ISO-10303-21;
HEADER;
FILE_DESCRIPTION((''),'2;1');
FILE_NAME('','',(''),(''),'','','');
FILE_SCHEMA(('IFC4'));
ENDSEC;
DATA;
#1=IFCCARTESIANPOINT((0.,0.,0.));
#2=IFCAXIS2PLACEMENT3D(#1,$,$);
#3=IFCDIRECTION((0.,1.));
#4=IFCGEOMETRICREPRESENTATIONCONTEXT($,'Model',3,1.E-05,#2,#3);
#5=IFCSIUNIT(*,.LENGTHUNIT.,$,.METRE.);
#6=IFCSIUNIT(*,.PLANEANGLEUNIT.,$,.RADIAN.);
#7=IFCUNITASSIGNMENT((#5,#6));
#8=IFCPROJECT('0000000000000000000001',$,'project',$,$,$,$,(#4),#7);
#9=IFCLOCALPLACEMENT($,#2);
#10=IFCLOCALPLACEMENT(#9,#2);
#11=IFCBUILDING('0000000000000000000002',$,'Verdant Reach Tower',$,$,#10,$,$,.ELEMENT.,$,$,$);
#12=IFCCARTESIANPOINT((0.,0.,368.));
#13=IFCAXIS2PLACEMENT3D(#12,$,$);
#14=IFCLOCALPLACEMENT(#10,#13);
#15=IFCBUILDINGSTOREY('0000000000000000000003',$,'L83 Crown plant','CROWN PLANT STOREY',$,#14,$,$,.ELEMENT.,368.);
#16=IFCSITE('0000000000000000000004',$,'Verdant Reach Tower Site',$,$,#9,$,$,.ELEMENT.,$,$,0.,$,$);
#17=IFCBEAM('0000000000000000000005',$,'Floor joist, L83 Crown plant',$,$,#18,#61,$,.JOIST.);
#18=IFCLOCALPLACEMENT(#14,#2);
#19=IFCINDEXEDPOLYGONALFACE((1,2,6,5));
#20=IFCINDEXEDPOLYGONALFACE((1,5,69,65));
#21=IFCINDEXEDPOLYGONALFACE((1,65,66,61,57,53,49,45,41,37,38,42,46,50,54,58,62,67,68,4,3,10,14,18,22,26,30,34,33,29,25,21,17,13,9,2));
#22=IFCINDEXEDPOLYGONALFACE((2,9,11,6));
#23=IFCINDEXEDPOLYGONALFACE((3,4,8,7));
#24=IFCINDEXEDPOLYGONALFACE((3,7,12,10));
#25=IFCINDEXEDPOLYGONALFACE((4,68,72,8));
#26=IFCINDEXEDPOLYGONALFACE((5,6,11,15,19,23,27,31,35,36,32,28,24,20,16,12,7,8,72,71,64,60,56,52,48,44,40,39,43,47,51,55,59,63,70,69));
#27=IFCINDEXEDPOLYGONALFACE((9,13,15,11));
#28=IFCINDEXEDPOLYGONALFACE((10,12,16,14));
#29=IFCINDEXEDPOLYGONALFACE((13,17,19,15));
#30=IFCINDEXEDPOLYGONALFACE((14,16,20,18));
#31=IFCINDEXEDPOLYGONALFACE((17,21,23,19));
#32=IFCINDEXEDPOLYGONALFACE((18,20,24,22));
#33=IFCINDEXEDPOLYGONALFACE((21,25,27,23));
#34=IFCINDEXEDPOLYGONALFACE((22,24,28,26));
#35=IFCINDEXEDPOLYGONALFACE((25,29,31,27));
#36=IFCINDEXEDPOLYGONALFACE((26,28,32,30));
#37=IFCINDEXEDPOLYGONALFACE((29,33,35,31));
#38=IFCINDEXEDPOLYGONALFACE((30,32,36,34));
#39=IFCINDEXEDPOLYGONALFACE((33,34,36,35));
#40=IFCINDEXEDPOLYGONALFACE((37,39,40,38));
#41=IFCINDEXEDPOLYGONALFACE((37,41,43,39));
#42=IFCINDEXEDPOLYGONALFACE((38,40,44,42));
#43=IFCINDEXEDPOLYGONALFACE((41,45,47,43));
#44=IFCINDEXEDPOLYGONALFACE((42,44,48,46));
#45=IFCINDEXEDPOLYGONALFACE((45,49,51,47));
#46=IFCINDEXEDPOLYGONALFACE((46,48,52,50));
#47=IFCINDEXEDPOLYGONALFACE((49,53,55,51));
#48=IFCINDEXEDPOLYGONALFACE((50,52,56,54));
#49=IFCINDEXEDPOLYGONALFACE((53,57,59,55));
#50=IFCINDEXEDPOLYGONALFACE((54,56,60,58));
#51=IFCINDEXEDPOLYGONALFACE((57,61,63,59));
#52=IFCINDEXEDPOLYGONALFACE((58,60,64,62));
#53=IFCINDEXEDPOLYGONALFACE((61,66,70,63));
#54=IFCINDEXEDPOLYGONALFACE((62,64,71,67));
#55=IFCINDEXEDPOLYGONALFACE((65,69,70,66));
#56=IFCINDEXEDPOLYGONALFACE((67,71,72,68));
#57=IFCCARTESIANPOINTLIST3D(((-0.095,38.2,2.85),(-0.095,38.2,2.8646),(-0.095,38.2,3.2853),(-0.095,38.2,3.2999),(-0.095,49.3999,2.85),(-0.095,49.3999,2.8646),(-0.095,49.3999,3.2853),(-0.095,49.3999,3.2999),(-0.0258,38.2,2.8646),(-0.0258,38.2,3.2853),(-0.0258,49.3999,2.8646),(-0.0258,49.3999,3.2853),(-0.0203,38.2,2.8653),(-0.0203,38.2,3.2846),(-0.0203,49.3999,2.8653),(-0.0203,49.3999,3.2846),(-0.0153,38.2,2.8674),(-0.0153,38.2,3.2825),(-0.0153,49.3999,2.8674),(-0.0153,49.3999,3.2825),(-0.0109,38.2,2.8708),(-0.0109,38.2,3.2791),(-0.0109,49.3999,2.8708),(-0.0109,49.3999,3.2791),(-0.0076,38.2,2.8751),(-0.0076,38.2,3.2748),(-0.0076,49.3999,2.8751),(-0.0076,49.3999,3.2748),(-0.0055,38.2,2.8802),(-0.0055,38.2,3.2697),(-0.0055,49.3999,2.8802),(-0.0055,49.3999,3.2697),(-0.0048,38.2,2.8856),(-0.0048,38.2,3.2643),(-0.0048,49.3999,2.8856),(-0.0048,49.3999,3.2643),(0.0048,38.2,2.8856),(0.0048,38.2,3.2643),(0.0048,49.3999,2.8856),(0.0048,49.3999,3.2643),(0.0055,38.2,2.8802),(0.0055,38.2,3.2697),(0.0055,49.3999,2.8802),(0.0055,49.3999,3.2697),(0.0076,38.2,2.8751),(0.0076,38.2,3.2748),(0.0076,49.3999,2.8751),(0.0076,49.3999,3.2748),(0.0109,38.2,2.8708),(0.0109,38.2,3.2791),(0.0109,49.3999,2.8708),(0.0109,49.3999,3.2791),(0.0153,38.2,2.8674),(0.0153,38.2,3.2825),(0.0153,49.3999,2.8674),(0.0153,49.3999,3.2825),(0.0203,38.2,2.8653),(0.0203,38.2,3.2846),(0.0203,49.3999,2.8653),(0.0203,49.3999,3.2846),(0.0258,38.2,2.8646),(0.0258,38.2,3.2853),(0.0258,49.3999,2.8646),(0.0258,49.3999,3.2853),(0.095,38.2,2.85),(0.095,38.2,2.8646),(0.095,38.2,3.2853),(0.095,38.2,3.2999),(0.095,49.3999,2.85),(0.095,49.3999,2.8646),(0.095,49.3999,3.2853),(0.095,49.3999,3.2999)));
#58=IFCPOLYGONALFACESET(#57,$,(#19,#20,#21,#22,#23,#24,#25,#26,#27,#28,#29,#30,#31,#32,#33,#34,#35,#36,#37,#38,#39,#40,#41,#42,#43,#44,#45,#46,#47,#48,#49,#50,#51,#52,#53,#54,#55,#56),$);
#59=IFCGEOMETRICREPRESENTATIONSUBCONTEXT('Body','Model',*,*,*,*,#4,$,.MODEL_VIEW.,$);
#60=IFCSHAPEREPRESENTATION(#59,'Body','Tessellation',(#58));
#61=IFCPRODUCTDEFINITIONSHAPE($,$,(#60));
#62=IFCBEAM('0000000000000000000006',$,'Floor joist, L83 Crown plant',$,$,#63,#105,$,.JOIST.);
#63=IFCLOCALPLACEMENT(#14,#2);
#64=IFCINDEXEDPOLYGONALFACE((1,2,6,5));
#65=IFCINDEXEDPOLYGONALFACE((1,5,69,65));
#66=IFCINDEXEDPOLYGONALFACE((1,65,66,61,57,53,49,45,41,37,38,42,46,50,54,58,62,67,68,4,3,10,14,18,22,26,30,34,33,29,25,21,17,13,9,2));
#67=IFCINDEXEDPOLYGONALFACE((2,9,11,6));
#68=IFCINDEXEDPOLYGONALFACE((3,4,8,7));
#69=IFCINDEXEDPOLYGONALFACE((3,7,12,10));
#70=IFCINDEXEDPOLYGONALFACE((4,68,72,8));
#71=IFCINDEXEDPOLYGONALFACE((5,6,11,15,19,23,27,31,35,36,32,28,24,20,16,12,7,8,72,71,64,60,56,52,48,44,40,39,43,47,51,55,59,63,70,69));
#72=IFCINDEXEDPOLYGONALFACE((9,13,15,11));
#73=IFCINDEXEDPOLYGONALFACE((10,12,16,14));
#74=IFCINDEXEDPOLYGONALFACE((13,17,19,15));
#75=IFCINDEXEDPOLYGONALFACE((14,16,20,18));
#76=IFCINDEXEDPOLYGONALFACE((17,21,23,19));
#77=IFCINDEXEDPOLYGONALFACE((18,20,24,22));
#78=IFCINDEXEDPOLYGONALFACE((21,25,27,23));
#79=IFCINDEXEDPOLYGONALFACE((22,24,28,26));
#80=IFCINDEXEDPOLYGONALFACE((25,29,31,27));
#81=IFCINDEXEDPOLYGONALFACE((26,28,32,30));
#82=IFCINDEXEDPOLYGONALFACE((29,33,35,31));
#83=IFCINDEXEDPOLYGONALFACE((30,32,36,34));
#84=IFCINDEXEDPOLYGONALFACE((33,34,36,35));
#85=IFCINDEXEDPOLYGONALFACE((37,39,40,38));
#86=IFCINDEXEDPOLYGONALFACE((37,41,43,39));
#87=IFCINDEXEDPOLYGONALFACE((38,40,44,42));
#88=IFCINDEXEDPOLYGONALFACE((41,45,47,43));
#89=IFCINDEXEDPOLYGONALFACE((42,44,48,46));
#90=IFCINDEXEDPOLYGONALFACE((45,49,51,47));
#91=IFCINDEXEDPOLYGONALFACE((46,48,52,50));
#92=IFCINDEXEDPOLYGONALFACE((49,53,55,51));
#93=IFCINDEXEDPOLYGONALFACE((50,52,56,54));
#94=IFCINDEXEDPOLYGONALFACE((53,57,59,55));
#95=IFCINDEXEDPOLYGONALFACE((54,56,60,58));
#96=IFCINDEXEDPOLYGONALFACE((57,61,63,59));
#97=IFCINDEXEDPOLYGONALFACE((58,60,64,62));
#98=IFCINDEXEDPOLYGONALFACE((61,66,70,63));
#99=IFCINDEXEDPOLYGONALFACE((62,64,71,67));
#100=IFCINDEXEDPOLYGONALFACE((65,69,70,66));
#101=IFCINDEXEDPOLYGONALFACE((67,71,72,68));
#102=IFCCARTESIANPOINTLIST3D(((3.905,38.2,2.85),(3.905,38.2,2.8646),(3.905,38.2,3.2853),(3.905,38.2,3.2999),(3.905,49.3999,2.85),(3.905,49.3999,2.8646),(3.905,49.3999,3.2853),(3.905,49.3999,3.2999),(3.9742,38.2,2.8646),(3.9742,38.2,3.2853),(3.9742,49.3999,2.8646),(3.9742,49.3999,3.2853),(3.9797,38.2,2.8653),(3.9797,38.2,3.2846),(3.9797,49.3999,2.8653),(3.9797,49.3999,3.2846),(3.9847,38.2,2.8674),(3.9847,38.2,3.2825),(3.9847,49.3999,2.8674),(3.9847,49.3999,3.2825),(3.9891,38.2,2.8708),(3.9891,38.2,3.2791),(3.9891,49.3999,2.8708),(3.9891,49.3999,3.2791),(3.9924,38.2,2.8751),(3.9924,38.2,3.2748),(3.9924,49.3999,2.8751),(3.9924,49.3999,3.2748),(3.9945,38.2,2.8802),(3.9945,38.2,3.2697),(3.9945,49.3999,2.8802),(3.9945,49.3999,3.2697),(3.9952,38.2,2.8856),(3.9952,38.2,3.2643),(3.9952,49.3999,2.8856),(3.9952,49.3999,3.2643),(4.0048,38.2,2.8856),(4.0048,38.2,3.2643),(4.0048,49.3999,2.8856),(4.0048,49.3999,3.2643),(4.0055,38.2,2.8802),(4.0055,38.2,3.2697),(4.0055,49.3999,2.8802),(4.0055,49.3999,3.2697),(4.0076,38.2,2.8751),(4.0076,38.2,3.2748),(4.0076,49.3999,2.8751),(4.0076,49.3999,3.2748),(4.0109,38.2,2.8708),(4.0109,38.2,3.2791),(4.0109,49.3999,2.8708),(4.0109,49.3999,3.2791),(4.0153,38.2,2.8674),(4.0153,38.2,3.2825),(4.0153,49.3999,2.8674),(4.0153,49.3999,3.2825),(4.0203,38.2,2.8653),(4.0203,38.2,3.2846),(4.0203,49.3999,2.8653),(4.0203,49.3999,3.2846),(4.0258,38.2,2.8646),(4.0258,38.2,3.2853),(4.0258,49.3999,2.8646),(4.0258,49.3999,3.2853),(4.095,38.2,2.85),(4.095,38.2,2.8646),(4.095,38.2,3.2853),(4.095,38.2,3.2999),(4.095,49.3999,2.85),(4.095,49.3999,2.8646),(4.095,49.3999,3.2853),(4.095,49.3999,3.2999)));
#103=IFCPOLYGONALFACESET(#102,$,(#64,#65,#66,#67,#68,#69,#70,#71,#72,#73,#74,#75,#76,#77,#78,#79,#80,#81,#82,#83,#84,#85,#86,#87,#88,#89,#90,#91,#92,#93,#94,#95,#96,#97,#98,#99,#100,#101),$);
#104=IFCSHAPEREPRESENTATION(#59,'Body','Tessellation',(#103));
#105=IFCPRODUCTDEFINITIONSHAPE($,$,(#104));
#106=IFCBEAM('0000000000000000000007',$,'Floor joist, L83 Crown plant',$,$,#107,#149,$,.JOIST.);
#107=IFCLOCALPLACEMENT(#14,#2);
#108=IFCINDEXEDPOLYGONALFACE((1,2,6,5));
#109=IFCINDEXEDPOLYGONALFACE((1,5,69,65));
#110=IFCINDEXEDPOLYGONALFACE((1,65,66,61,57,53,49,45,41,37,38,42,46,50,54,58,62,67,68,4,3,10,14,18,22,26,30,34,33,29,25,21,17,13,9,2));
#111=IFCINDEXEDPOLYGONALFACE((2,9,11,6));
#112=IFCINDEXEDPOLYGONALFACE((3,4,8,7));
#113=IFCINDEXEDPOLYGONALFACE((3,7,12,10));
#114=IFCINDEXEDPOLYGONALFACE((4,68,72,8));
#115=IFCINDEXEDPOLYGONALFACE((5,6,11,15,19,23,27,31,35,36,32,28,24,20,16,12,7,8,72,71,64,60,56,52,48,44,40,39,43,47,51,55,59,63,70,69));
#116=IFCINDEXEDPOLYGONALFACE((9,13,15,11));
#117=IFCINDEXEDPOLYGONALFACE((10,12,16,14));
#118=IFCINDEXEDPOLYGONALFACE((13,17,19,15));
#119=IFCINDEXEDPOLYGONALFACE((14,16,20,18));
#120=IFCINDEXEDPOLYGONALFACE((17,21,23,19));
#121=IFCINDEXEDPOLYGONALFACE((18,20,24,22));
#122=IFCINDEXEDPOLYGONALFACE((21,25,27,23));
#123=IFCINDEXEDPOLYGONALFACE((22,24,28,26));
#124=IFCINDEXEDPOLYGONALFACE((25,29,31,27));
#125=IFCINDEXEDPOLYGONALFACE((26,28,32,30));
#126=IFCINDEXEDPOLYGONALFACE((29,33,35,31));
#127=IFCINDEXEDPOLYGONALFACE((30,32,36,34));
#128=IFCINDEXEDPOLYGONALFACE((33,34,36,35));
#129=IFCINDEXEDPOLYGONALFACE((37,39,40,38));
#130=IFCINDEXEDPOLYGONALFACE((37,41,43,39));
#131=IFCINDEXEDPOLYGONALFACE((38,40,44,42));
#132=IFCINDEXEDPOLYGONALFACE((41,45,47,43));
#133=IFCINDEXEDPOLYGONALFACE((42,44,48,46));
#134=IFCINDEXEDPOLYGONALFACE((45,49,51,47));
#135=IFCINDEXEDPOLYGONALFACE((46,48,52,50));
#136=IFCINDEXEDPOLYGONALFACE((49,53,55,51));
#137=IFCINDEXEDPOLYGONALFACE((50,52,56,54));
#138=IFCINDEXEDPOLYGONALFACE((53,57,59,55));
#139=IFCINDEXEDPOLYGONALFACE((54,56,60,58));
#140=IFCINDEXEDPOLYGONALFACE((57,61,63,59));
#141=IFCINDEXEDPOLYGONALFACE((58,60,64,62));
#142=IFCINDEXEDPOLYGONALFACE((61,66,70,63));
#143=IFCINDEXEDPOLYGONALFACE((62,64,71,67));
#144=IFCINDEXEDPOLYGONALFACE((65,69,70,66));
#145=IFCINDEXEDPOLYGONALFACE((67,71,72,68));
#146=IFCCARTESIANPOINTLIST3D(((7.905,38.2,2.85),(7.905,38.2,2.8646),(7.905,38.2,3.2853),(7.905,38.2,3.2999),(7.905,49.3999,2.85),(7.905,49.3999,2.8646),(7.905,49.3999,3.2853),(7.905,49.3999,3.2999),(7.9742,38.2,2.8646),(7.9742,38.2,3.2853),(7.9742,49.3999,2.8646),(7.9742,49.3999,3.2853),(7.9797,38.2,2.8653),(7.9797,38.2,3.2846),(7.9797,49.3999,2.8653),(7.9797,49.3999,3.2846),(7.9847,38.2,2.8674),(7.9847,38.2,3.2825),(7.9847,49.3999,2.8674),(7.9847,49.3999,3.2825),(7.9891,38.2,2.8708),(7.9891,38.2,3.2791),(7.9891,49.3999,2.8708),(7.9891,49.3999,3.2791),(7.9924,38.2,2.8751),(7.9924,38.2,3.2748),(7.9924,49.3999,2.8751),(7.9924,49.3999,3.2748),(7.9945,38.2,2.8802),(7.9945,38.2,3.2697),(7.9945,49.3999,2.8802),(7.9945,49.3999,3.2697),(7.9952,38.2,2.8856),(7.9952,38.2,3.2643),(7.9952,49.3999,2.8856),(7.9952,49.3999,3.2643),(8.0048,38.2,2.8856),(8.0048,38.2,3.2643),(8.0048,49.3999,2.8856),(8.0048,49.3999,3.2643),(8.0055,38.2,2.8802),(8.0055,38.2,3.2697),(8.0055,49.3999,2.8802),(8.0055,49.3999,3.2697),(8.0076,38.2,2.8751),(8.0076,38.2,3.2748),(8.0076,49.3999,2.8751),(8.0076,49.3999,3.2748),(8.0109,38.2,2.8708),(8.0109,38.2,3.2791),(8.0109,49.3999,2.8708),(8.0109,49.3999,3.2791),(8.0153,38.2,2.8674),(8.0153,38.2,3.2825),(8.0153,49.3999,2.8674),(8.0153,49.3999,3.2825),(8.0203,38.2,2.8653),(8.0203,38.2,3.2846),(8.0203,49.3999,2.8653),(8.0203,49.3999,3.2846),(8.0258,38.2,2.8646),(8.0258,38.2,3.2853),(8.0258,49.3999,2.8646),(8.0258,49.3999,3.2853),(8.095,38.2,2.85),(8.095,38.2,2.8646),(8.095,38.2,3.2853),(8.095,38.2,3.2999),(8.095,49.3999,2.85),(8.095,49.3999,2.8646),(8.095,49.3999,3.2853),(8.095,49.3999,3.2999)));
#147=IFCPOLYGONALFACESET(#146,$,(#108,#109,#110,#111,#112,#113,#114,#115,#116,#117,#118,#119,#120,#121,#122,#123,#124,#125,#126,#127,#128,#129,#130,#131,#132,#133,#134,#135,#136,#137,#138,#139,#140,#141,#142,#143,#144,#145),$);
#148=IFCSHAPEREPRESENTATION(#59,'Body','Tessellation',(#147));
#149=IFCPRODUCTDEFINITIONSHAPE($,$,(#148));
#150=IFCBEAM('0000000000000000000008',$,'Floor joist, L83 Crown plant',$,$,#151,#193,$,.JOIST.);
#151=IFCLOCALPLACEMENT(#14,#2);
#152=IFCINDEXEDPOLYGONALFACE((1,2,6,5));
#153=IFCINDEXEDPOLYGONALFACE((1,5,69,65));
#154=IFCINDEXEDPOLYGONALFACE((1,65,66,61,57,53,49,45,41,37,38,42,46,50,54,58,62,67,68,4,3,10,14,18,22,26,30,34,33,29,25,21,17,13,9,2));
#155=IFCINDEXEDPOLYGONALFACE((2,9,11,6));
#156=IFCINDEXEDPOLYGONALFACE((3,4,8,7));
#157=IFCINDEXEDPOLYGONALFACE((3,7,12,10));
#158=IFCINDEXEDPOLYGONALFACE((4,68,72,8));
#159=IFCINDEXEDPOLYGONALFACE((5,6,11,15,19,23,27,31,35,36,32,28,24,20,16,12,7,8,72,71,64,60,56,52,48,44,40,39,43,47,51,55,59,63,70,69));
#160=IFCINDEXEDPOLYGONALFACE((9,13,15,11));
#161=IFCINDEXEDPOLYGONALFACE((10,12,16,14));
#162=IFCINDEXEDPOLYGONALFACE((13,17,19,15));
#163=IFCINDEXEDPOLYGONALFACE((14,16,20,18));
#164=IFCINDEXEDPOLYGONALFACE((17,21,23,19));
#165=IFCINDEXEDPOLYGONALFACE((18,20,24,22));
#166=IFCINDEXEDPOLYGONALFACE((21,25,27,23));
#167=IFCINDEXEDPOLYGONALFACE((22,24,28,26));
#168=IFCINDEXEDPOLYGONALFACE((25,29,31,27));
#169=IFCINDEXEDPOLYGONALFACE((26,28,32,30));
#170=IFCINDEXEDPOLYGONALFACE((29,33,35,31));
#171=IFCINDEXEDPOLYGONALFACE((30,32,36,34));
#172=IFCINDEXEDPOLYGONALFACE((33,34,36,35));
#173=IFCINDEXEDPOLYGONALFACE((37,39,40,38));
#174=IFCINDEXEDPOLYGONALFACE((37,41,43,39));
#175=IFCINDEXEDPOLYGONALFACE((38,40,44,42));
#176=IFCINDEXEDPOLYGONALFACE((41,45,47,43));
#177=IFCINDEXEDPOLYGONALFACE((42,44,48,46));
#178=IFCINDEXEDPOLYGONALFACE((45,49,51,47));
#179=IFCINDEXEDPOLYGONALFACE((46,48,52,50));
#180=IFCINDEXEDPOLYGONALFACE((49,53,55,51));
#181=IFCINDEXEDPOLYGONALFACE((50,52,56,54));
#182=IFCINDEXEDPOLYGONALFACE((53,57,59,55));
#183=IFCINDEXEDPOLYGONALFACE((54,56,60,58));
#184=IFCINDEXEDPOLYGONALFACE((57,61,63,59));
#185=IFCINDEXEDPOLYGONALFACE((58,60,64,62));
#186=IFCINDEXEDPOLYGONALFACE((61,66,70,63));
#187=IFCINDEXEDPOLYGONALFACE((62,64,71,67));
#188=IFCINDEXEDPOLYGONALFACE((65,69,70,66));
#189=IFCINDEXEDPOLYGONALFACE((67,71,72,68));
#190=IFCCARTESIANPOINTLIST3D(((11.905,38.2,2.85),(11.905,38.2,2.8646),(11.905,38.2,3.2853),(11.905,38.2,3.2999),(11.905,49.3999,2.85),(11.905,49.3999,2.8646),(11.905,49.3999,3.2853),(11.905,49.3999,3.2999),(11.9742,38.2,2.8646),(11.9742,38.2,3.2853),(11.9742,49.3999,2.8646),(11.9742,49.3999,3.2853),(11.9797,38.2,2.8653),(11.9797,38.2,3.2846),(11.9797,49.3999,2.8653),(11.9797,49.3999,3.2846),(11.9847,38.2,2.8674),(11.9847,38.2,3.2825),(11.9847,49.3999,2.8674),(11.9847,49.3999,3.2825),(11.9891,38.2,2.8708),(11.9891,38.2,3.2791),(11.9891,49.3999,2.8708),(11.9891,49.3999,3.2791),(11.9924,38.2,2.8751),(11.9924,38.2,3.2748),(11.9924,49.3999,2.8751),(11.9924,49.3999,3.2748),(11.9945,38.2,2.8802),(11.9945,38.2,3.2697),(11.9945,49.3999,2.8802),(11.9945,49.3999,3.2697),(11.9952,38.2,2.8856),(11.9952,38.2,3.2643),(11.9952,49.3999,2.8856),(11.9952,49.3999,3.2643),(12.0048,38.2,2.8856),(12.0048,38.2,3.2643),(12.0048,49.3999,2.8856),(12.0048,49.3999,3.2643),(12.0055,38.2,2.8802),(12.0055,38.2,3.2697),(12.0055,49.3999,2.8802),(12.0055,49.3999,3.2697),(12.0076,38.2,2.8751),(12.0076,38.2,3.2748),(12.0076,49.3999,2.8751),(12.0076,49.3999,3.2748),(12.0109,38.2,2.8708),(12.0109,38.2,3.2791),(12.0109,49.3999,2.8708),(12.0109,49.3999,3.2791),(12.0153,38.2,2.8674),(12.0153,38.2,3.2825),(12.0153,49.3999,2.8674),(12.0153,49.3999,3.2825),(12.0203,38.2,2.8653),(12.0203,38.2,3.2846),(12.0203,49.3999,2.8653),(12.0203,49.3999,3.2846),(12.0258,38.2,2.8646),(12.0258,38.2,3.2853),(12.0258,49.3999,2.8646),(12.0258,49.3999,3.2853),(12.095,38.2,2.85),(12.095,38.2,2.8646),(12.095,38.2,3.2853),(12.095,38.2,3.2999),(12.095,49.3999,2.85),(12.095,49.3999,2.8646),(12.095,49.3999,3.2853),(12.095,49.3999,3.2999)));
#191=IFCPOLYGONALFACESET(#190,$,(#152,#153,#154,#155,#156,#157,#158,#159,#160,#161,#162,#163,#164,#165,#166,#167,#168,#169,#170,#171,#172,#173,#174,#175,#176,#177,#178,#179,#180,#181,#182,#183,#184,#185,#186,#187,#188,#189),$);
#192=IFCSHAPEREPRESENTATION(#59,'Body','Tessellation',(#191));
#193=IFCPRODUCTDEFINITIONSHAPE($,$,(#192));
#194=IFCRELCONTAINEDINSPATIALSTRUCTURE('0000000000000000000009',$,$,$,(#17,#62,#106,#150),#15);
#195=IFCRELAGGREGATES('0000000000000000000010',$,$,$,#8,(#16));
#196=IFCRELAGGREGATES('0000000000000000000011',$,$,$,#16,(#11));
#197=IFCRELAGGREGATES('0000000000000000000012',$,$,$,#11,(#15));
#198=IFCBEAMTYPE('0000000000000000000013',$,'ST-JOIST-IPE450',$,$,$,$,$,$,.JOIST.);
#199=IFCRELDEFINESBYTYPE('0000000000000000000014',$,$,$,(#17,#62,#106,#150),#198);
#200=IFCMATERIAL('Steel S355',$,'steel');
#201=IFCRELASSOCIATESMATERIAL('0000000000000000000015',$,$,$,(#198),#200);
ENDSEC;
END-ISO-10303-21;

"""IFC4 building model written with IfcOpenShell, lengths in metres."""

from ifc_helpers import new_model, si_unit, direction, frame, origin, origin_2d, place, context, subcontext, project, spatial, i_section, extrude, material, material_profile, profile_set, type_object, element, save


model = new_model("IFC4")

# Units and contexts
model_context = context("Model", 3, precision=1e-05, world=origin(), true_north=direction((0.0, 1.0)))
body_context = subcontext(model_context, "Body", "Model", "MODEL_VIEW")
ifc_project = project(units=[si_unit("LENGTHUNIT", "METRE"), si_unit("PLANEANGLEUNIT", "RADIAN")], contexts=[model_context])

# Site, building, storey
site_placement = place(None, origin())
site = spatial("IfcSite", under=ifc_project, at=site_placement, Name="Verdant Reach Tower Site", CompositionType="ELEMENT", RefElevation=0.0)
building_placement = place(site_placement, origin())
building = spatial("IfcBuilding", under=site, at=building_placement, Name="Verdant Reach Tower", CompositionType="ELEMENT")
storey_placement = place(building_placement, frame((0.0, 0.0, 368.0)))
storey = spatial("IfcBuildingStorey", under=building, at=storey_placement, Name="L83 Crown plant", Description="CROWN PLANT STOREY", CompositionType="ELEMENT", Elevation=368.0)

# Beams
ifc_material_1 = material(Name="Steel S355", Category="steel")
ifc_material_profile_1 = material_profile(ifc_material_1, i_section(OverallWidth=0.1899, OverallDepth=0.45, WebThickness=0.0095, FlangeThickness=0.0146, FilletRadius=0.021, at=origin_2d()), Name="IPE 450")
ifc_profile_set_1 = profile_set([ifc_material_profile_1], Name="Steel S355")
beam_type_1 = type_object("IfcBeamType", Name="ST-JOIST-IPE450", PredefinedType="JOIST", material=ifc_profile_set_1)
for number, where, z_axis, x_axis, name in (
    (1, (0.0, 38.2, 3.075), (0.0, 1.0, 0.0), (-1.0, 0.0, 0.0), "Floor joist, L83 Crown plant"),
    (2, (4.0, 38.2, 3.075), (0.0, 1.0, 0.0), (-1.0, 0.0, 0.0), "Floor joist, L83 Crown plant"),
    (3, (8.0, 38.2, 3.075), (0.0, 1.0, 0.0), (-1.0, 0.0, 0.0), "Floor joist, L83 Crown plant"),
    (4, (12.0, 38.2, 3.075), (0.0, 1.0, 0.0), (-1.0, 0.0, 0.0), "Floor joist, L83 Crown plant"),
):
    element("IfcBeam", number, at=place(storey_placement, frame(where, z_axis=z_axis, x_axis=x_axis)), inside=storey, type_object=beam_type_1, Name=name, PredefinedType="JOIST", context=body_context, shape_type="SweptSolid", body=[
        extrude(i_section(OverallWidth=0.1899, OverallDepth=0.45, WebThickness=0.0095, FlangeThickness=0.0146, FilletRadius=0.021, at=origin_2d()), origin(), (0.0, 0.0, 1.0), 11.2),
    ])

save(model, "model.ifc")
